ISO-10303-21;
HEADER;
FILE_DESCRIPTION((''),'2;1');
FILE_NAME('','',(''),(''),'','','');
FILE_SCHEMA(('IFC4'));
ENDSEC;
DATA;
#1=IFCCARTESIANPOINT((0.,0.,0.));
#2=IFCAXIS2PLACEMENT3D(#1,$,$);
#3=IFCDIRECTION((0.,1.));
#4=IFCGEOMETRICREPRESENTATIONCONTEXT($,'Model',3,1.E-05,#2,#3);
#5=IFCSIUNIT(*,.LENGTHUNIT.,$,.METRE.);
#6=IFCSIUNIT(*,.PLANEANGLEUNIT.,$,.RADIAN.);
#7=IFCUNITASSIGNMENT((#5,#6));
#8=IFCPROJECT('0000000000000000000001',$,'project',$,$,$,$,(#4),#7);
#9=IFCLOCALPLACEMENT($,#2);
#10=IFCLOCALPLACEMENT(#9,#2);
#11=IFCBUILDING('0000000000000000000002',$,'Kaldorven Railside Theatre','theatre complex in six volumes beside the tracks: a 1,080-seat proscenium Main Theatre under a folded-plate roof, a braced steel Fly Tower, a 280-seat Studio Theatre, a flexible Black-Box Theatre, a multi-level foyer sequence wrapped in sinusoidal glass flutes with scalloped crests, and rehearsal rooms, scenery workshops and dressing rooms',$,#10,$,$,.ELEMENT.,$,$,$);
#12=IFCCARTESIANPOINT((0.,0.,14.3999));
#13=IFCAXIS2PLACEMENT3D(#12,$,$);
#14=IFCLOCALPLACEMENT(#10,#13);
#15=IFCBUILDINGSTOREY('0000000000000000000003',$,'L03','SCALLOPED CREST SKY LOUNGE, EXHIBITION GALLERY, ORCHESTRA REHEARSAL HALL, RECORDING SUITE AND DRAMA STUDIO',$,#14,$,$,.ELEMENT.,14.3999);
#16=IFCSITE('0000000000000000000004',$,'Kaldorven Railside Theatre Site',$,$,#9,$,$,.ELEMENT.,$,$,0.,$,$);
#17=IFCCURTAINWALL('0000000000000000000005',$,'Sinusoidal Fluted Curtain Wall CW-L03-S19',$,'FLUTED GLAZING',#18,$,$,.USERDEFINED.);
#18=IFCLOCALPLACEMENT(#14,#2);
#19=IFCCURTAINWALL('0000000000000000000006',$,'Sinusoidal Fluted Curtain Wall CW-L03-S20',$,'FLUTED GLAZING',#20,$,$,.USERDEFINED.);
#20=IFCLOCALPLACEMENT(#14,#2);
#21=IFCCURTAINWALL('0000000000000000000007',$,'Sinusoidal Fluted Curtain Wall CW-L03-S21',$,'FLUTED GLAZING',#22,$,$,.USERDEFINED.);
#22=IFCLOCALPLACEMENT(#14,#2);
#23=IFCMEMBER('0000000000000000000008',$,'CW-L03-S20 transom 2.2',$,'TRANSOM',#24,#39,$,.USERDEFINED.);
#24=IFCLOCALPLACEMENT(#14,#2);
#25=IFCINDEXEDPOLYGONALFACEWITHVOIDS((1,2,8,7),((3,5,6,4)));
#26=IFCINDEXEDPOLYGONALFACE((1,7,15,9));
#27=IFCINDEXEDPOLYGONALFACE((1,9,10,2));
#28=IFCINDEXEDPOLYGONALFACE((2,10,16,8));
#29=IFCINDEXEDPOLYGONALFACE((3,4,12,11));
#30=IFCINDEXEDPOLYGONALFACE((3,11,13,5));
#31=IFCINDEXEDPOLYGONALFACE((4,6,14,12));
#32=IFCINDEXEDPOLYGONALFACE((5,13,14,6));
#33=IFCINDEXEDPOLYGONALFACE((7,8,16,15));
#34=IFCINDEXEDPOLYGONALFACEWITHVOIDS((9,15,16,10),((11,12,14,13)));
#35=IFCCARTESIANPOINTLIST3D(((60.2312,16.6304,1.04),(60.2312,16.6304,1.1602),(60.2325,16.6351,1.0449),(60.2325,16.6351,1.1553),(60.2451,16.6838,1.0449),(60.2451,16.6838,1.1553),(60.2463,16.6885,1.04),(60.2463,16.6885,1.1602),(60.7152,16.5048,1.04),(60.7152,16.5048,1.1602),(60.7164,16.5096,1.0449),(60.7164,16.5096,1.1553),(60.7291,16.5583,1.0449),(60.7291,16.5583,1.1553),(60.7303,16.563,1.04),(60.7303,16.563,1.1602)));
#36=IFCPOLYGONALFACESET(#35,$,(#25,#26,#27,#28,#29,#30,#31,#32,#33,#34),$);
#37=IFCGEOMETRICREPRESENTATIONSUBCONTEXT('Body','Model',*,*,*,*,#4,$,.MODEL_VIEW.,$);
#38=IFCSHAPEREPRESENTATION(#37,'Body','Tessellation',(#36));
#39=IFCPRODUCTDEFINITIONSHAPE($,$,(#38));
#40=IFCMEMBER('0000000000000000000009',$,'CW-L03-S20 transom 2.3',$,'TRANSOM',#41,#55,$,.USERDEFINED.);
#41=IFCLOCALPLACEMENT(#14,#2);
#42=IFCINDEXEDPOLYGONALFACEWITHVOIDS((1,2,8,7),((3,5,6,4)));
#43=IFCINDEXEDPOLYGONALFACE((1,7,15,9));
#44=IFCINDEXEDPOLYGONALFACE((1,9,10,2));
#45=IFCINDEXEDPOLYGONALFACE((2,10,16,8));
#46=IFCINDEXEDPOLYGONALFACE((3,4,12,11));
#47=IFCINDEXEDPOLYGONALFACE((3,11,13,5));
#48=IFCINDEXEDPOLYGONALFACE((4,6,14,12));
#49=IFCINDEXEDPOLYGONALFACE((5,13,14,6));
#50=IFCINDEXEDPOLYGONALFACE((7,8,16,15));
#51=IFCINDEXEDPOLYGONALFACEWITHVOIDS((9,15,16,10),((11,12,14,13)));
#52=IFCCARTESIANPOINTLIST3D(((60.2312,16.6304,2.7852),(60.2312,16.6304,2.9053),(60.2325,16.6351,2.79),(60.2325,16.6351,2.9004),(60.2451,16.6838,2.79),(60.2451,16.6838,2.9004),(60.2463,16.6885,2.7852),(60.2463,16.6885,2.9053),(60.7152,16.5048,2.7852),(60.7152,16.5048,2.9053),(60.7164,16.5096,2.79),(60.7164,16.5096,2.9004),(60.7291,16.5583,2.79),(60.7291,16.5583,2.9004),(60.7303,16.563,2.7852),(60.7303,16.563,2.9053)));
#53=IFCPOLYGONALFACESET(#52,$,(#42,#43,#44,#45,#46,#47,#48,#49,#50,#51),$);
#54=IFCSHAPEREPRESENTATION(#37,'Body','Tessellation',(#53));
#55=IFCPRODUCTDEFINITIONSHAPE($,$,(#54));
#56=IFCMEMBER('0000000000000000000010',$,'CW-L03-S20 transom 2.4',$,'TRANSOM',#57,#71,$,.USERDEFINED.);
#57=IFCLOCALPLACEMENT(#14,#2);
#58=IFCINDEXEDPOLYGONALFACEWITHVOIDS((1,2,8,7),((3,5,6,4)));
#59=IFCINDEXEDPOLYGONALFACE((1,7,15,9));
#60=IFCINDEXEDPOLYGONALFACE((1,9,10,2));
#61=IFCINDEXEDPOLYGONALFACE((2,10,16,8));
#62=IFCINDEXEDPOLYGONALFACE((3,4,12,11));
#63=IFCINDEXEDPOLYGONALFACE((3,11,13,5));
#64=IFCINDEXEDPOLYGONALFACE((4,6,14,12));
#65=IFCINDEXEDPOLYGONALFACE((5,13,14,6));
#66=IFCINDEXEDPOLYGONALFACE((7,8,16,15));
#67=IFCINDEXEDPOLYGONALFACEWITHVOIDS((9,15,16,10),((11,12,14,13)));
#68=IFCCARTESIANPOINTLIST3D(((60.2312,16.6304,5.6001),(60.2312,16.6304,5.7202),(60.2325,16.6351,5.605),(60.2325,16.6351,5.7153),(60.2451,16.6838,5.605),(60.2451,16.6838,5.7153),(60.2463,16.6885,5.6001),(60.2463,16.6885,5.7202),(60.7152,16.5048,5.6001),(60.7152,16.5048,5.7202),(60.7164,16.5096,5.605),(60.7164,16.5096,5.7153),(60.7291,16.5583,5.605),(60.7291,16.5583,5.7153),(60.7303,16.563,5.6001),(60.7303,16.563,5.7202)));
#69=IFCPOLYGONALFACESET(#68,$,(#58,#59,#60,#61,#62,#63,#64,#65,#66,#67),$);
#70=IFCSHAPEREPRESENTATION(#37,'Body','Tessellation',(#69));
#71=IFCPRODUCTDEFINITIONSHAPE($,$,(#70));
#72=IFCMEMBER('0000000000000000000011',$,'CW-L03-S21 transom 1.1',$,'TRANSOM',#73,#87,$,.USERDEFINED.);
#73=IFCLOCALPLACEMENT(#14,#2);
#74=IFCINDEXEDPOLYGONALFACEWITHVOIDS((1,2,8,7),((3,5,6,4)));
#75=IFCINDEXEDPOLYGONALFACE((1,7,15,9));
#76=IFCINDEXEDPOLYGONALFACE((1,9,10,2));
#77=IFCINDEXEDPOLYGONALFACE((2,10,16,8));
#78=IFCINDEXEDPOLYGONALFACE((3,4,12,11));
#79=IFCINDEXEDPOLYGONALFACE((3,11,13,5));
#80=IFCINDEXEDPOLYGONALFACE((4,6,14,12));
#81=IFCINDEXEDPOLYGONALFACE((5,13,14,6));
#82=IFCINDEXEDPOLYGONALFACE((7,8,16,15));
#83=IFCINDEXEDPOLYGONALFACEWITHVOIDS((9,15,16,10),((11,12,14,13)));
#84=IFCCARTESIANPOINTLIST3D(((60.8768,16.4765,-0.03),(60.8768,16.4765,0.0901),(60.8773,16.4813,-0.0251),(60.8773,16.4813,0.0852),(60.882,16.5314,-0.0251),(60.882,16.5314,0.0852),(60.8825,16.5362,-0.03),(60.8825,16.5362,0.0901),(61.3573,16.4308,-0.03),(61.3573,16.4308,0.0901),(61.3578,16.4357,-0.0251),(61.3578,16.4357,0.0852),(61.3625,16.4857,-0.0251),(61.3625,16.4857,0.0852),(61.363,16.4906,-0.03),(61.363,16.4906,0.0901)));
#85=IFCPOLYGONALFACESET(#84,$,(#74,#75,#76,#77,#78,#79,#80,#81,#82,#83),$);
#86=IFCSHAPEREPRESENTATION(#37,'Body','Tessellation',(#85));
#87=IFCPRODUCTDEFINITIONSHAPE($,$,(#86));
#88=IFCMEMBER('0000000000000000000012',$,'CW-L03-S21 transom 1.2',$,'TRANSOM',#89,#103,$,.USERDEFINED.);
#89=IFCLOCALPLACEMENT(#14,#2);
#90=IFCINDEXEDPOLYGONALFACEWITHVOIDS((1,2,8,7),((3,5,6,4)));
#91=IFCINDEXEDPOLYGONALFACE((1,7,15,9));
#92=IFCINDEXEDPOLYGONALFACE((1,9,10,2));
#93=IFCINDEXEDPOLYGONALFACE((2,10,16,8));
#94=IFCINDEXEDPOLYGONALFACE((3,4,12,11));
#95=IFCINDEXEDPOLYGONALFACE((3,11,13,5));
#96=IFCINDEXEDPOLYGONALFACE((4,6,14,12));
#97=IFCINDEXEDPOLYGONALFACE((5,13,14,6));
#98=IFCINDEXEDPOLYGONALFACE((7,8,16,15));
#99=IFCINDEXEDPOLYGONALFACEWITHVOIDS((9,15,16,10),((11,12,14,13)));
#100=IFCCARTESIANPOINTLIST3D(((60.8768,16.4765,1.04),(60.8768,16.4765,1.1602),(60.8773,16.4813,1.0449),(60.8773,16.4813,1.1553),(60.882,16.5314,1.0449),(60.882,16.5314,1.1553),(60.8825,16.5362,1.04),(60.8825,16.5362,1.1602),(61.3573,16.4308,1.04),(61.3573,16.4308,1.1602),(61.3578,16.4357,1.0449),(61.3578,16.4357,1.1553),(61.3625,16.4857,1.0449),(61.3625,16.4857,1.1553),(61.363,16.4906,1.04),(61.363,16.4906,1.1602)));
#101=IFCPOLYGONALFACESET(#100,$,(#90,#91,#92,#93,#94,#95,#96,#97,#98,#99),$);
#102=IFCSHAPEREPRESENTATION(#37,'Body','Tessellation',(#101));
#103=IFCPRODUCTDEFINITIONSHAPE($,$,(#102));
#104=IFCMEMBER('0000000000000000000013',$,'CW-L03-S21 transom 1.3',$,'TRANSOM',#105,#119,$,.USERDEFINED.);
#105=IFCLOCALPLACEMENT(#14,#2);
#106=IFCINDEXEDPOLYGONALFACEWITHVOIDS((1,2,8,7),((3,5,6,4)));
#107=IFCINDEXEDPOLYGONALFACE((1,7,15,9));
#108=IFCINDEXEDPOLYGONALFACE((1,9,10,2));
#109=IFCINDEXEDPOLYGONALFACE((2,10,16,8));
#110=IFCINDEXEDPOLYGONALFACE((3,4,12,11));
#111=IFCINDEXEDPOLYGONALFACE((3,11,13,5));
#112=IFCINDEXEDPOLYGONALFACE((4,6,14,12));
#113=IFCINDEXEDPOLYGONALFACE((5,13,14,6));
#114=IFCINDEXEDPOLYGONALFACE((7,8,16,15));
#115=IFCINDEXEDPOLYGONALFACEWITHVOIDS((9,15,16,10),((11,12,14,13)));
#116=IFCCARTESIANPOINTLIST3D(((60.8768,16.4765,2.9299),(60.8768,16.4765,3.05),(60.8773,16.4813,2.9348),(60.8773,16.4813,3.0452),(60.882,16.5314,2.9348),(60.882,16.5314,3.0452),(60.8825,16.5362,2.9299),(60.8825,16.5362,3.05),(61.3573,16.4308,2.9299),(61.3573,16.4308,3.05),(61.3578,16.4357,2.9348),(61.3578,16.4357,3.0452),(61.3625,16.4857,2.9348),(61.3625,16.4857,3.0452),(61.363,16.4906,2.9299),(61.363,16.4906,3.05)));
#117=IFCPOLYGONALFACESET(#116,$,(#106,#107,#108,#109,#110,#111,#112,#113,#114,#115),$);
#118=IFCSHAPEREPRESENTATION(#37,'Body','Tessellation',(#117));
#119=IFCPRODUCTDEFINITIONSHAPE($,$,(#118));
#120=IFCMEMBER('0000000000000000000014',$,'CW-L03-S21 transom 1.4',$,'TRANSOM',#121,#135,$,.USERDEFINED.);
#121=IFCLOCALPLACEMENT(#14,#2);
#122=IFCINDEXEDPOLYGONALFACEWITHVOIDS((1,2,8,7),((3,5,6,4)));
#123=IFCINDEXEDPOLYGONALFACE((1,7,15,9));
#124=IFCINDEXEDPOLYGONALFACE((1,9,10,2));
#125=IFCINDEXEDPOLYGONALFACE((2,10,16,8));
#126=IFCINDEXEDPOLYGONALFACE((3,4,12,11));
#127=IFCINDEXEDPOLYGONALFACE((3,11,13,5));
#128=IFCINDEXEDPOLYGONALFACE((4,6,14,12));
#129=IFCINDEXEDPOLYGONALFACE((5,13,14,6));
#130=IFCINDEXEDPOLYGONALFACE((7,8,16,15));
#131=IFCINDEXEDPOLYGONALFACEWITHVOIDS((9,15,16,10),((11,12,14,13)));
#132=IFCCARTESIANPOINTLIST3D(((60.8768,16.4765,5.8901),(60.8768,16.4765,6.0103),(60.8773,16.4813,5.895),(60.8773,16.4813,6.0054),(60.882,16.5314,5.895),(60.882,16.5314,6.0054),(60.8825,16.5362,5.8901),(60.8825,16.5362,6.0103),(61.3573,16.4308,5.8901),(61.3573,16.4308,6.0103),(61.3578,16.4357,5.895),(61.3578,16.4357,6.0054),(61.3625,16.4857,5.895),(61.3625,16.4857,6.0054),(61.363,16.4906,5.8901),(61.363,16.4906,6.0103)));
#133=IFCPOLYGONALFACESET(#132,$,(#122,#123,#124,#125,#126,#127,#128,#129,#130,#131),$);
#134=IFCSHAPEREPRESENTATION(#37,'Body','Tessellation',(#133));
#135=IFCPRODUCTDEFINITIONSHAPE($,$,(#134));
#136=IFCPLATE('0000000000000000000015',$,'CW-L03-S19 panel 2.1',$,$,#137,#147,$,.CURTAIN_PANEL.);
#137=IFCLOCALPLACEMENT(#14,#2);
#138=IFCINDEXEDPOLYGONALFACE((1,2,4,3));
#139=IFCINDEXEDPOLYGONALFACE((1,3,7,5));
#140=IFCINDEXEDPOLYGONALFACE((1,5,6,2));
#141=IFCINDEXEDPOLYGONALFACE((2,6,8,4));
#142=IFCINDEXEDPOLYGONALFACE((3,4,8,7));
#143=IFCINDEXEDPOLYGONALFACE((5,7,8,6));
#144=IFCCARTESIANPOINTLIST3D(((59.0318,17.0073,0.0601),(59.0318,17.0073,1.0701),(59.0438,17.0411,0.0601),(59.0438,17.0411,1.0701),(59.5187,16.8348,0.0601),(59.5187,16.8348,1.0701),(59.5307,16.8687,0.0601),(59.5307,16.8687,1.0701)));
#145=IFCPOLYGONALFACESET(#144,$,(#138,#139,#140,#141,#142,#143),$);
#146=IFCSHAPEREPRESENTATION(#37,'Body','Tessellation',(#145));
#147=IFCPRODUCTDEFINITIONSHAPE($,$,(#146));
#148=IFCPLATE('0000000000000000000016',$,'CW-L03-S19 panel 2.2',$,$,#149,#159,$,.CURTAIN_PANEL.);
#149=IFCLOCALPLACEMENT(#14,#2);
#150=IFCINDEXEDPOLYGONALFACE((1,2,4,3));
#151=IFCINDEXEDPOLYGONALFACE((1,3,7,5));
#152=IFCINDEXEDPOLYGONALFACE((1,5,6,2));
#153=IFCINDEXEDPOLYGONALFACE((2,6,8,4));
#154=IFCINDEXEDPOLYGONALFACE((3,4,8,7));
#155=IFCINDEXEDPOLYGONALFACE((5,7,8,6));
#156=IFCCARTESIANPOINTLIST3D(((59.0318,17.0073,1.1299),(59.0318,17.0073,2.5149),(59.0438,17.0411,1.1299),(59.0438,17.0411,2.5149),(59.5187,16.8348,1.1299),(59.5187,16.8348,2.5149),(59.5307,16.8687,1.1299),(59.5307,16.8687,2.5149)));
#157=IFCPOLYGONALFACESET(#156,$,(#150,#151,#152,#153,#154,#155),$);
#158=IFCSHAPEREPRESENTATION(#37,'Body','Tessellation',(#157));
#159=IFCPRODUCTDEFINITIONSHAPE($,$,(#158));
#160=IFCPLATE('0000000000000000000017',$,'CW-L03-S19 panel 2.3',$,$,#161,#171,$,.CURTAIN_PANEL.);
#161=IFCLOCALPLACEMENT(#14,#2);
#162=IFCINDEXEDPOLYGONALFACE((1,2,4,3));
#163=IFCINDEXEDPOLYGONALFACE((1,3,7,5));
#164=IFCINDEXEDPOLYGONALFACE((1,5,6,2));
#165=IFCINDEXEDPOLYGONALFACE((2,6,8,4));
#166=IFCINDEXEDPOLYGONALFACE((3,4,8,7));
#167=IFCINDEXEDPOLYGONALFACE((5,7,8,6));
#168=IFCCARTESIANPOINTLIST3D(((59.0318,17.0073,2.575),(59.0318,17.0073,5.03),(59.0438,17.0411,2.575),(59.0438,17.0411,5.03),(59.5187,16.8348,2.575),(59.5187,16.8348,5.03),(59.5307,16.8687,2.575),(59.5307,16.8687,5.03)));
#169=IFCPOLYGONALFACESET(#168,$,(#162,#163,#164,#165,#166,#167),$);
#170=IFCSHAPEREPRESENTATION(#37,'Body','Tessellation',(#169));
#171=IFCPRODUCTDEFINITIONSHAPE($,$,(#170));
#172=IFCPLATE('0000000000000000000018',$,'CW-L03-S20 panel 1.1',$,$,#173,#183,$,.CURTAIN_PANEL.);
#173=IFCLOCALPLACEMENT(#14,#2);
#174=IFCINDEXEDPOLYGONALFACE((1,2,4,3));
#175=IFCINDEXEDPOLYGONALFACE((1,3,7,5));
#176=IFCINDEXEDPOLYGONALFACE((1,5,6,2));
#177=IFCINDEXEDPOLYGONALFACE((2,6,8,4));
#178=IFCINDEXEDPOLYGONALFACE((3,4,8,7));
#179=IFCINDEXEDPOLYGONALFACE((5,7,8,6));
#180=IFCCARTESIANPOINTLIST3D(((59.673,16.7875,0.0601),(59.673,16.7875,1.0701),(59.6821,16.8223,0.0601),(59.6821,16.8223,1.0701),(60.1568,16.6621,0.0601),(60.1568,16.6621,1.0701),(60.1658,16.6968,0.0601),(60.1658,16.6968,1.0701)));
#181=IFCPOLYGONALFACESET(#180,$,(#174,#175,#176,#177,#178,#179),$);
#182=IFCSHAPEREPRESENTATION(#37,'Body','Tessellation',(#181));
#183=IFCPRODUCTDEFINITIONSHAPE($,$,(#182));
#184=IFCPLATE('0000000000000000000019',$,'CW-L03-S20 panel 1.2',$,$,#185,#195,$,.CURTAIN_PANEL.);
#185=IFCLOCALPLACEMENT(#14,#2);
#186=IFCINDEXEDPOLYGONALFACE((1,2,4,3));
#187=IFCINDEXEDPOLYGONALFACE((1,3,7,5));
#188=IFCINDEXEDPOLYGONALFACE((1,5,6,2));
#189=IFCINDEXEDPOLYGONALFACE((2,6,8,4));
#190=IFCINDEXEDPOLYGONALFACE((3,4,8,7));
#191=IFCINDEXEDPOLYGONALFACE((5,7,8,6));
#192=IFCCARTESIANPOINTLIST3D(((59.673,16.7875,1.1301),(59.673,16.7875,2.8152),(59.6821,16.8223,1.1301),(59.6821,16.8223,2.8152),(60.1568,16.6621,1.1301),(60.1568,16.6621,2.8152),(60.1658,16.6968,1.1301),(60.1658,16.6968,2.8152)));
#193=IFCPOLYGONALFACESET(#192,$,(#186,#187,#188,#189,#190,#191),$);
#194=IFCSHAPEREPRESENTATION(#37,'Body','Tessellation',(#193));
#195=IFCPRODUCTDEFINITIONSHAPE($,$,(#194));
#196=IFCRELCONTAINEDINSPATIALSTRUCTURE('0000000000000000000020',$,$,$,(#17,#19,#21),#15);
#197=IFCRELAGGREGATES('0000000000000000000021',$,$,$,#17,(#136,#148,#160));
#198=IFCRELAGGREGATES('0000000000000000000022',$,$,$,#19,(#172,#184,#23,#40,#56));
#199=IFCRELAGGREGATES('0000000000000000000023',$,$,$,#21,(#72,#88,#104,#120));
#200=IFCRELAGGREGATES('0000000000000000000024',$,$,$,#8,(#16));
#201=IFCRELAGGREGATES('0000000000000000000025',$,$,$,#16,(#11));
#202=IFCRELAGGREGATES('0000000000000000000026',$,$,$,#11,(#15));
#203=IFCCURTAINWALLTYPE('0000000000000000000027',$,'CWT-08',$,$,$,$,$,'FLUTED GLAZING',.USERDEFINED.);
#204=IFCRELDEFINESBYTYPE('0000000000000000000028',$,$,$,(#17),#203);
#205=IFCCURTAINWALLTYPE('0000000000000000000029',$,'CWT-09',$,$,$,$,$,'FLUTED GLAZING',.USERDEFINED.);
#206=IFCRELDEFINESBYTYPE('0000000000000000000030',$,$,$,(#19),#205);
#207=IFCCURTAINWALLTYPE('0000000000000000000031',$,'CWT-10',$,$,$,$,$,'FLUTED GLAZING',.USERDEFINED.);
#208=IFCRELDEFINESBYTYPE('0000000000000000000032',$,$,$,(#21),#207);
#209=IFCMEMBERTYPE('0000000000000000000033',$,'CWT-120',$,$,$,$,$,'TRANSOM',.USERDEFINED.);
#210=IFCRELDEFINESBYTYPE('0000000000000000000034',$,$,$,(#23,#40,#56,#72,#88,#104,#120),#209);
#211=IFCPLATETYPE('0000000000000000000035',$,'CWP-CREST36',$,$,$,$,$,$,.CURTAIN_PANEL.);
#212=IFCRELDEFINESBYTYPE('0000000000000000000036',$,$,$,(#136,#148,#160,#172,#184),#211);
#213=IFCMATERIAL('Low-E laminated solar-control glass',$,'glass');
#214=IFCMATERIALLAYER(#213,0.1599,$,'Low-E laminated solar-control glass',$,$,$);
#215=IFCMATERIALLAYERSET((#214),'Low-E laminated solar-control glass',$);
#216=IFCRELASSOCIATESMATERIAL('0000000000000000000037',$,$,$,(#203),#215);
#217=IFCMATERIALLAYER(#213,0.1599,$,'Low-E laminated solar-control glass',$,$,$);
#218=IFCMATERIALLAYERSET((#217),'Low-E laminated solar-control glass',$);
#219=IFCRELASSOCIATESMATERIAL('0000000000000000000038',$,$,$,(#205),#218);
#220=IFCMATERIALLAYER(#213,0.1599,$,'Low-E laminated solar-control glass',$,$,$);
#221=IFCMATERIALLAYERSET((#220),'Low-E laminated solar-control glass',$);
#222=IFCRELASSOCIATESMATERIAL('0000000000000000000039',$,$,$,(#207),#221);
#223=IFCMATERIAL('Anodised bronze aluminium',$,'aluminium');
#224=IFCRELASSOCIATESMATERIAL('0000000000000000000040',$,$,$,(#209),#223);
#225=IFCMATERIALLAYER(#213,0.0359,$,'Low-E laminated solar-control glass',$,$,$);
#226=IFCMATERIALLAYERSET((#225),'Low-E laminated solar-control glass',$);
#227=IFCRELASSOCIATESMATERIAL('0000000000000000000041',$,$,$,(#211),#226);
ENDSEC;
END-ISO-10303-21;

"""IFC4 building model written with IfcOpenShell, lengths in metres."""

from ifc_helpers import new_model, si_unit, direction, frame, origin, origin_2d, place, context, subcontext, project, spatial, rectangle, hollow_rectangle, extrude, material, layer, layer_set, material_profile, profile_set, type_object, element, aggregate, save


model = new_model("IFC4")

# Units and contexts
model_context = context("Model", 3, precision=1e-05, world=origin(), true_north=direction((0.0, 1.0)))
body_context = subcontext(model_context, "Body", "Model", "MODEL_VIEW")
ifc_project = project(units=[si_unit("LENGTHUNIT", "METRE"), si_unit("PLANEANGLEUNIT", "RADIAN")], contexts=[model_context])

# Site, building, storey
site_placement = place(None, origin())
site = spatial("IfcSite", under=ifc_project, at=site_placement, Name="Kaldorven Railside Theatre Site", CompositionType="ELEMENT", RefElevation=0.0)
building_placement = place(site_placement, origin())
building = spatial("IfcBuilding", under=site, at=building_placement, Name="Kaldorven Railside Theatre", Description="theatre complex in six volumes beside the tracks: a 1,080-seat proscenium Main Theatre under a folded-plate roof, a braced steel Fly Tower, a 280-seat Studio Theatre, a flexible Black-Box Theatre, a multi-level foyer sequence wrapped in sinusoidal glass flutes with scalloped crests, and rehearsal rooms, scenery workshops and dressing rooms", CompositionType="ELEMENT")
storey_placement = place(building_placement, frame((0.0, 0.0, 14.3999)))
storey = spatial("IfcBuildingStorey", under=building, at=storey_placement, Name="L03", Description="SCALLOPED CREST SKY LOUNGE, EXHIBITION GALLERY, ORCHESTRA REHEARSAL HALL, RECORDING SUITE AND DRAMA STUDIO", CompositionType="ELEMENT", Elevation=14.3999)

# Curtain wall
ifc_material_1 = material(Name="Low-E laminated solar-control glass", Category="glass")
ifc_layer_1 = layer(ifc_material_1, 0.1599, Name="Low-E laminated solar-control glass")
ifc_layer_set_1 = layer_set([ifc_layer_1], Name="Low-E laminated solar-control glass")
curtain_wall_type_1 = type_object("IfcCurtainWallType", Name="CWT-08", ElementType="FLUTED GLAZING", PredefinedType="USERDEFINED", material=ifc_layer_set_1)
curtain_wall_1_placement = place(storey_placement, origin())
curtain_wall_1 = element("IfcCurtainWall", 1, at=curtain_wall_1_placement, inside=storey, type_object=curtain_wall_type_1, Name="Sinusoidal Fluted Curtain Wall CW-L03-S19", ObjectType="FLUTED GLAZING", PredefinedType="USERDEFINED")
ifc_material_2 = material(Name="Anodised bronze aluminium", Category="aluminium")

# Curtain wall
ifc_layer_2 = layer(ifc_material_1, 0.1599, Name="Low-E laminated solar-control glass")
ifc_layer_set_2 = layer_set([ifc_layer_2], Name="Low-E laminated solar-control glass")
curtain_wall_type_2 = type_object("IfcCurtainWallType", Name="CWT-09", ElementType="FLUTED GLAZING", PredefinedType="USERDEFINED", material=ifc_layer_set_2)
curtain_wall_2_placement = place(storey_placement, origin())
curtain_wall_2 = element("IfcCurtainWall", 2, at=curtain_wall_2_placement, inside=storey, type_object=curtain_wall_type_2, Name="Sinusoidal Fluted Curtain Wall CW-L03-S20", ObjectType="FLUTED GLAZING", PredefinedType="USERDEFINED")

# Curtain wall
ifc_layer_3 = layer(ifc_material_1, 0.1599, Name="Low-E laminated solar-control glass")
ifc_layer_set_3 = layer_set([ifc_layer_3], Name="Low-E laminated solar-control glass")
curtain_wall_type_3 = type_object("IfcCurtainWallType", Name="CWT-10", ElementType="FLUTED GLAZING", PredefinedType="USERDEFINED", material=ifc_layer_set_3)
curtain_wall_3_placement = place(storey_placement, origin())
curtain_wall_3 = element("IfcCurtainWall", 3, at=curtain_wall_3_placement, inside=storey, type_object=curtain_wall_type_3, Name="Sinusoidal Fluted Curtain Wall CW-L03-S21", ObjectType="FLUTED GLAZING", PredefinedType="USERDEFINED")

# Members
ifc_material_profile_1 = material_profile(ifc_material_2, hollow_rectangle(XDim=0.0601, YDim=0.1201, WallThickness=0.0049, at=origin_2d()), Name="RHS 120x60x5")
ifc_profile_set_1 = profile_set([ifc_material_profile_1], Name="Anodised bronze aluminium")
member_type_1 = type_object("IfcMemberType", Name="CWT-120", ElementType="TRANSOM", PredefinedType="USERDEFINED", material=ifc_profile_set_1)
member_1_placement = place(storey_placement, frame((60.2388, 16.6594, 1.1001), z_axis=(0.967979, -0.25103, 0.0), x_axis=(0.25103, 0.967979, 0.0)))
member_1 = element("IfcMember", 4, at=member_1_placement, type_object=member_type_1, Name="CW-L03-S20 transom 2.2", ObjectType="TRANSOM", PredefinedType="USERDEFINED", context=body_context, shape_type="SweptSolid", body=[
    extrude(hollow_rectangle(XDim=0.0601, YDim=0.1201, WallThickness=0.0049, at=origin_2d()), origin(), (0.0, 0.0, 1.0), 0.5),
])
member_2_placement = place(storey_placement, frame((60.2388, 16.6594, 2.8452), z_axis=(0.967979, -0.25103, 0.0), x_axis=(0.25103, 0.967979, 0.0)))
member_2 = element("IfcMember", 5, at=member_2_placement, type_object=member_type_1, Name="CW-L03-S20 transom 2.3", ObjectType="TRANSOM", PredefinedType="USERDEFINED", context=body_context, shape_type="SweptSolid", body=[
    extrude(hollow_rectangle(XDim=0.0601, YDim=0.1201, WallThickness=0.0049, at=origin_2d()), origin(), (0.0, 0.0, 1.0), 0.5),
])
member_3_placement = place(storey_placement, frame((60.2388, 16.6594, 5.6602), z_axis=(0.967979, -0.25103, 0.0), x_axis=(0.25103, 0.967979, 0.0)))
member_3 = element("IfcMember", 6, at=member_3_placement, type_object=member_type_1, Name="CW-L03-S20 transom 2.4", ObjectType="TRANSOM", PredefinedType="USERDEFINED", context=body_context, shape_type="SweptSolid", body=[
    extrude(hollow_rectangle(XDim=0.0601, YDim=0.1201, WallThickness=0.0049, at=origin_2d()), origin(), (0.0, 0.0, 1.0), 0.5),
])
member_4_placement = place(storey_placement, frame((60.8796, 16.5063, 0.03), z_axis=(0.995516, -0.094594, 0.0), x_axis=(0.094594, 0.995516, 0.0)))
member_4 = element("IfcMember", 7, at=member_4_placement, type_object=member_type_1, Name="CW-L03-S21 transom 1.1", ObjectType="TRANSOM", PredefinedType="USERDEFINED", context=body_context, shape_type="SweptSolid", body=[
    extrude(hollow_rectangle(XDim=0.0601, YDim=0.1201, WallThickness=0.0049, at=origin_2d()), origin(), (0.0, 0.0, 1.0), 0.4827),
])
member_5_placement = place(storey_placement, frame((60.8796, 16.5063, 1.1001), z_axis=(0.995516, -0.094594, 0.0), x_axis=(0.094594, 0.995516, 0.0)))
member_5 = element("IfcMember", 8, at=member_5_placement, type_object=member_type_1, Name="CW-L03-S21 transom 1.2", ObjectType="TRANSOM", PredefinedType="USERDEFINED", context=body_context, shape_type="SweptSolid", body=[
    extrude(hollow_rectangle(XDim=0.0601, YDim=0.1201, WallThickness=0.0049, at=origin_2d()), origin(), (0.0, 0.0, 1.0), 0.4827),
])
member_6_placement = place(storey_placement, frame((60.8796, 16.5063, 2.99), z_axis=(0.995516, -0.094594, 0.0), x_axis=(0.094594, 0.995516, 0.0)))
member_6 = element("IfcMember", 9, at=member_6_placement, type_object=member_type_1, Name="CW-L03-S21 transom 1.3", ObjectType="TRANSOM", PredefinedType="USERDEFINED", context=body_context, shape_type="SweptSolid", body=[
    extrude(hollow_rectangle(XDim=0.0601, YDim=0.1201, WallThickness=0.0049, at=origin_2d()), origin(), (0.0, 0.0, 1.0), 0.4827),
])
member_7_placement = place(storey_placement, frame((60.8796, 16.5063, 5.9502), z_axis=(0.995516, -0.094594, 0.0), x_axis=(0.094594, 0.995516, 0.0)))
member_7 = element("IfcMember", 10, at=member_7_placement, type_object=member_type_1, Name="CW-L03-S21 transom 1.4", ObjectType="TRANSOM", PredefinedType="USERDEFINED", context=body_context, shape_type="SweptSolid", body=[
    extrude(hollow_rectangle(XDim=0.0601, YDim=0.1201, WallThickness=0.0049, at=origin_2d()), origin(), (0.0, 0.0, 1.0), 0.4827),
])

# Plates
ifc_layer_4 = layer(ifc_material_1, 0.0359, Name="Low-E laminated solar-control glass")
ifc_layer_set_4 = layer_set([ifc_layer_4], Name="Low-E laminated solar-control glass")
plate_type = type_object("IfcPlateType", Name="CWP-CREST36", PredefinedType="CURTAIN_PANEL", material=ifc_layer_set_4)
plate_1_placement = place(storey_placement, frame((59.2812, 16.938, 0.0601), z_axis=(0.0, 0.0, 1.0), x_axis=(0.942627, -0.333847, 0.0)))
plate_1 = element("IfcPlate", 11, at=plate_1_placement, type_object=plate_type, Name="CW-L03-S19 panel 2.1", PredefinedType="CURTAIN_PANEL", context=body_context, shape_type="SweptSolid", body=[
    extrude(rectangle(XDim=0.5166, YDim=0.0359, at=origin_2d()), origin(), (0.0, 0.0, 1.0), 1.01),
])
plate_2_placement = place(storey_placement, frame((59.2812, 16.938, 1.1299), z_axis=(0.0, 0.0, 1.0), x_axis=(0.942627, -0.333847, 0.0)))
plate_2 = element("IfcPlate", 12, at=plate_2_placement, type_object=plate_type, Name="CW-L03-S19 panel 2.2", PredefinedType="CURTAIN_PANEL", context=body_context, shape_type="SweptSolid", body=[
    extrude(rectangle(XDim=0.5166, YDim=0.0359, at=origin_2d()), origin(), (0.0, 0.0, 1.0), 1.385),
])
plate_3_placement = place(storey_placement, frame((59.2812, 16.938, 2.575), z_axis=(0.0, 0.0, 1.0), x_axis=(0.942627, -0.333847, 0.0)))
plate_3 = element("IfcPlate", 13, at=plate_3_placement, type_object=plate_type, Name="CW-L03-S19 panel 2.3", PredefinedType="CURTAIN_PANEL", context=body_context, shape_type="SweptSolid", body=[
    extrude(rectangle(XDim=0.5166, YDim=0.0359, at=origin_2d()), origin(), (0.0, 0.0, 1.0), 2.4551),
])
aggregate(curtain_wall_1, [plate_1, plate_2, plate_3])
plate_4_placement = place(storey_placement, frame((59.9194, 16.7422, 0.0601), z_axis=(0.0, 0.0, 1.0), x_axis=(0.967999, -0.250954, 0.0)))
plate_4 = element("IfcPlate", 14, at=plate_4_placement, type_object=plate_type, Name="CW-L03-S20 panel 1.1", PredefinedType="CURTAIN_PANEL", context=body_context, shape_type="SweptSolid", body=[
    extrude(rectangle(XDim=0.4998, YDim=0.0359, at=origin_2d()), origin(), (0.0, 0.0, 1.0), 1.01),
])
plate_5_placement = place(storey_placement, frame((59.9194, 16.7422, 1.1301), z_axis=(0.0, 0.0, 1.0), x_axis=(0.967999, -0.250954, 0.0)))
plate_5 = element("IfcPlate", 15, at=plate_5_placement, type_object=plate_type, Name="CW-L03-S20 panel 1.2", PredefinedType="CURTAIN_PANEL", context=body_context, shape_type="SweptSolid", body=[
    extrude(rectangle(XDim=0.4998, YDim=0.0359, at=origin_2d()), origin(), (0.0, 0.0, 1.0), 1.6851),
])
aggregate(curtain_wall_2, [plate_4, plate_5, member_1, member_2, member_3])
aggregate(curtain_wall_3, [member_4, member_5, member_6, member_7])

save(model, "model.ifc")
